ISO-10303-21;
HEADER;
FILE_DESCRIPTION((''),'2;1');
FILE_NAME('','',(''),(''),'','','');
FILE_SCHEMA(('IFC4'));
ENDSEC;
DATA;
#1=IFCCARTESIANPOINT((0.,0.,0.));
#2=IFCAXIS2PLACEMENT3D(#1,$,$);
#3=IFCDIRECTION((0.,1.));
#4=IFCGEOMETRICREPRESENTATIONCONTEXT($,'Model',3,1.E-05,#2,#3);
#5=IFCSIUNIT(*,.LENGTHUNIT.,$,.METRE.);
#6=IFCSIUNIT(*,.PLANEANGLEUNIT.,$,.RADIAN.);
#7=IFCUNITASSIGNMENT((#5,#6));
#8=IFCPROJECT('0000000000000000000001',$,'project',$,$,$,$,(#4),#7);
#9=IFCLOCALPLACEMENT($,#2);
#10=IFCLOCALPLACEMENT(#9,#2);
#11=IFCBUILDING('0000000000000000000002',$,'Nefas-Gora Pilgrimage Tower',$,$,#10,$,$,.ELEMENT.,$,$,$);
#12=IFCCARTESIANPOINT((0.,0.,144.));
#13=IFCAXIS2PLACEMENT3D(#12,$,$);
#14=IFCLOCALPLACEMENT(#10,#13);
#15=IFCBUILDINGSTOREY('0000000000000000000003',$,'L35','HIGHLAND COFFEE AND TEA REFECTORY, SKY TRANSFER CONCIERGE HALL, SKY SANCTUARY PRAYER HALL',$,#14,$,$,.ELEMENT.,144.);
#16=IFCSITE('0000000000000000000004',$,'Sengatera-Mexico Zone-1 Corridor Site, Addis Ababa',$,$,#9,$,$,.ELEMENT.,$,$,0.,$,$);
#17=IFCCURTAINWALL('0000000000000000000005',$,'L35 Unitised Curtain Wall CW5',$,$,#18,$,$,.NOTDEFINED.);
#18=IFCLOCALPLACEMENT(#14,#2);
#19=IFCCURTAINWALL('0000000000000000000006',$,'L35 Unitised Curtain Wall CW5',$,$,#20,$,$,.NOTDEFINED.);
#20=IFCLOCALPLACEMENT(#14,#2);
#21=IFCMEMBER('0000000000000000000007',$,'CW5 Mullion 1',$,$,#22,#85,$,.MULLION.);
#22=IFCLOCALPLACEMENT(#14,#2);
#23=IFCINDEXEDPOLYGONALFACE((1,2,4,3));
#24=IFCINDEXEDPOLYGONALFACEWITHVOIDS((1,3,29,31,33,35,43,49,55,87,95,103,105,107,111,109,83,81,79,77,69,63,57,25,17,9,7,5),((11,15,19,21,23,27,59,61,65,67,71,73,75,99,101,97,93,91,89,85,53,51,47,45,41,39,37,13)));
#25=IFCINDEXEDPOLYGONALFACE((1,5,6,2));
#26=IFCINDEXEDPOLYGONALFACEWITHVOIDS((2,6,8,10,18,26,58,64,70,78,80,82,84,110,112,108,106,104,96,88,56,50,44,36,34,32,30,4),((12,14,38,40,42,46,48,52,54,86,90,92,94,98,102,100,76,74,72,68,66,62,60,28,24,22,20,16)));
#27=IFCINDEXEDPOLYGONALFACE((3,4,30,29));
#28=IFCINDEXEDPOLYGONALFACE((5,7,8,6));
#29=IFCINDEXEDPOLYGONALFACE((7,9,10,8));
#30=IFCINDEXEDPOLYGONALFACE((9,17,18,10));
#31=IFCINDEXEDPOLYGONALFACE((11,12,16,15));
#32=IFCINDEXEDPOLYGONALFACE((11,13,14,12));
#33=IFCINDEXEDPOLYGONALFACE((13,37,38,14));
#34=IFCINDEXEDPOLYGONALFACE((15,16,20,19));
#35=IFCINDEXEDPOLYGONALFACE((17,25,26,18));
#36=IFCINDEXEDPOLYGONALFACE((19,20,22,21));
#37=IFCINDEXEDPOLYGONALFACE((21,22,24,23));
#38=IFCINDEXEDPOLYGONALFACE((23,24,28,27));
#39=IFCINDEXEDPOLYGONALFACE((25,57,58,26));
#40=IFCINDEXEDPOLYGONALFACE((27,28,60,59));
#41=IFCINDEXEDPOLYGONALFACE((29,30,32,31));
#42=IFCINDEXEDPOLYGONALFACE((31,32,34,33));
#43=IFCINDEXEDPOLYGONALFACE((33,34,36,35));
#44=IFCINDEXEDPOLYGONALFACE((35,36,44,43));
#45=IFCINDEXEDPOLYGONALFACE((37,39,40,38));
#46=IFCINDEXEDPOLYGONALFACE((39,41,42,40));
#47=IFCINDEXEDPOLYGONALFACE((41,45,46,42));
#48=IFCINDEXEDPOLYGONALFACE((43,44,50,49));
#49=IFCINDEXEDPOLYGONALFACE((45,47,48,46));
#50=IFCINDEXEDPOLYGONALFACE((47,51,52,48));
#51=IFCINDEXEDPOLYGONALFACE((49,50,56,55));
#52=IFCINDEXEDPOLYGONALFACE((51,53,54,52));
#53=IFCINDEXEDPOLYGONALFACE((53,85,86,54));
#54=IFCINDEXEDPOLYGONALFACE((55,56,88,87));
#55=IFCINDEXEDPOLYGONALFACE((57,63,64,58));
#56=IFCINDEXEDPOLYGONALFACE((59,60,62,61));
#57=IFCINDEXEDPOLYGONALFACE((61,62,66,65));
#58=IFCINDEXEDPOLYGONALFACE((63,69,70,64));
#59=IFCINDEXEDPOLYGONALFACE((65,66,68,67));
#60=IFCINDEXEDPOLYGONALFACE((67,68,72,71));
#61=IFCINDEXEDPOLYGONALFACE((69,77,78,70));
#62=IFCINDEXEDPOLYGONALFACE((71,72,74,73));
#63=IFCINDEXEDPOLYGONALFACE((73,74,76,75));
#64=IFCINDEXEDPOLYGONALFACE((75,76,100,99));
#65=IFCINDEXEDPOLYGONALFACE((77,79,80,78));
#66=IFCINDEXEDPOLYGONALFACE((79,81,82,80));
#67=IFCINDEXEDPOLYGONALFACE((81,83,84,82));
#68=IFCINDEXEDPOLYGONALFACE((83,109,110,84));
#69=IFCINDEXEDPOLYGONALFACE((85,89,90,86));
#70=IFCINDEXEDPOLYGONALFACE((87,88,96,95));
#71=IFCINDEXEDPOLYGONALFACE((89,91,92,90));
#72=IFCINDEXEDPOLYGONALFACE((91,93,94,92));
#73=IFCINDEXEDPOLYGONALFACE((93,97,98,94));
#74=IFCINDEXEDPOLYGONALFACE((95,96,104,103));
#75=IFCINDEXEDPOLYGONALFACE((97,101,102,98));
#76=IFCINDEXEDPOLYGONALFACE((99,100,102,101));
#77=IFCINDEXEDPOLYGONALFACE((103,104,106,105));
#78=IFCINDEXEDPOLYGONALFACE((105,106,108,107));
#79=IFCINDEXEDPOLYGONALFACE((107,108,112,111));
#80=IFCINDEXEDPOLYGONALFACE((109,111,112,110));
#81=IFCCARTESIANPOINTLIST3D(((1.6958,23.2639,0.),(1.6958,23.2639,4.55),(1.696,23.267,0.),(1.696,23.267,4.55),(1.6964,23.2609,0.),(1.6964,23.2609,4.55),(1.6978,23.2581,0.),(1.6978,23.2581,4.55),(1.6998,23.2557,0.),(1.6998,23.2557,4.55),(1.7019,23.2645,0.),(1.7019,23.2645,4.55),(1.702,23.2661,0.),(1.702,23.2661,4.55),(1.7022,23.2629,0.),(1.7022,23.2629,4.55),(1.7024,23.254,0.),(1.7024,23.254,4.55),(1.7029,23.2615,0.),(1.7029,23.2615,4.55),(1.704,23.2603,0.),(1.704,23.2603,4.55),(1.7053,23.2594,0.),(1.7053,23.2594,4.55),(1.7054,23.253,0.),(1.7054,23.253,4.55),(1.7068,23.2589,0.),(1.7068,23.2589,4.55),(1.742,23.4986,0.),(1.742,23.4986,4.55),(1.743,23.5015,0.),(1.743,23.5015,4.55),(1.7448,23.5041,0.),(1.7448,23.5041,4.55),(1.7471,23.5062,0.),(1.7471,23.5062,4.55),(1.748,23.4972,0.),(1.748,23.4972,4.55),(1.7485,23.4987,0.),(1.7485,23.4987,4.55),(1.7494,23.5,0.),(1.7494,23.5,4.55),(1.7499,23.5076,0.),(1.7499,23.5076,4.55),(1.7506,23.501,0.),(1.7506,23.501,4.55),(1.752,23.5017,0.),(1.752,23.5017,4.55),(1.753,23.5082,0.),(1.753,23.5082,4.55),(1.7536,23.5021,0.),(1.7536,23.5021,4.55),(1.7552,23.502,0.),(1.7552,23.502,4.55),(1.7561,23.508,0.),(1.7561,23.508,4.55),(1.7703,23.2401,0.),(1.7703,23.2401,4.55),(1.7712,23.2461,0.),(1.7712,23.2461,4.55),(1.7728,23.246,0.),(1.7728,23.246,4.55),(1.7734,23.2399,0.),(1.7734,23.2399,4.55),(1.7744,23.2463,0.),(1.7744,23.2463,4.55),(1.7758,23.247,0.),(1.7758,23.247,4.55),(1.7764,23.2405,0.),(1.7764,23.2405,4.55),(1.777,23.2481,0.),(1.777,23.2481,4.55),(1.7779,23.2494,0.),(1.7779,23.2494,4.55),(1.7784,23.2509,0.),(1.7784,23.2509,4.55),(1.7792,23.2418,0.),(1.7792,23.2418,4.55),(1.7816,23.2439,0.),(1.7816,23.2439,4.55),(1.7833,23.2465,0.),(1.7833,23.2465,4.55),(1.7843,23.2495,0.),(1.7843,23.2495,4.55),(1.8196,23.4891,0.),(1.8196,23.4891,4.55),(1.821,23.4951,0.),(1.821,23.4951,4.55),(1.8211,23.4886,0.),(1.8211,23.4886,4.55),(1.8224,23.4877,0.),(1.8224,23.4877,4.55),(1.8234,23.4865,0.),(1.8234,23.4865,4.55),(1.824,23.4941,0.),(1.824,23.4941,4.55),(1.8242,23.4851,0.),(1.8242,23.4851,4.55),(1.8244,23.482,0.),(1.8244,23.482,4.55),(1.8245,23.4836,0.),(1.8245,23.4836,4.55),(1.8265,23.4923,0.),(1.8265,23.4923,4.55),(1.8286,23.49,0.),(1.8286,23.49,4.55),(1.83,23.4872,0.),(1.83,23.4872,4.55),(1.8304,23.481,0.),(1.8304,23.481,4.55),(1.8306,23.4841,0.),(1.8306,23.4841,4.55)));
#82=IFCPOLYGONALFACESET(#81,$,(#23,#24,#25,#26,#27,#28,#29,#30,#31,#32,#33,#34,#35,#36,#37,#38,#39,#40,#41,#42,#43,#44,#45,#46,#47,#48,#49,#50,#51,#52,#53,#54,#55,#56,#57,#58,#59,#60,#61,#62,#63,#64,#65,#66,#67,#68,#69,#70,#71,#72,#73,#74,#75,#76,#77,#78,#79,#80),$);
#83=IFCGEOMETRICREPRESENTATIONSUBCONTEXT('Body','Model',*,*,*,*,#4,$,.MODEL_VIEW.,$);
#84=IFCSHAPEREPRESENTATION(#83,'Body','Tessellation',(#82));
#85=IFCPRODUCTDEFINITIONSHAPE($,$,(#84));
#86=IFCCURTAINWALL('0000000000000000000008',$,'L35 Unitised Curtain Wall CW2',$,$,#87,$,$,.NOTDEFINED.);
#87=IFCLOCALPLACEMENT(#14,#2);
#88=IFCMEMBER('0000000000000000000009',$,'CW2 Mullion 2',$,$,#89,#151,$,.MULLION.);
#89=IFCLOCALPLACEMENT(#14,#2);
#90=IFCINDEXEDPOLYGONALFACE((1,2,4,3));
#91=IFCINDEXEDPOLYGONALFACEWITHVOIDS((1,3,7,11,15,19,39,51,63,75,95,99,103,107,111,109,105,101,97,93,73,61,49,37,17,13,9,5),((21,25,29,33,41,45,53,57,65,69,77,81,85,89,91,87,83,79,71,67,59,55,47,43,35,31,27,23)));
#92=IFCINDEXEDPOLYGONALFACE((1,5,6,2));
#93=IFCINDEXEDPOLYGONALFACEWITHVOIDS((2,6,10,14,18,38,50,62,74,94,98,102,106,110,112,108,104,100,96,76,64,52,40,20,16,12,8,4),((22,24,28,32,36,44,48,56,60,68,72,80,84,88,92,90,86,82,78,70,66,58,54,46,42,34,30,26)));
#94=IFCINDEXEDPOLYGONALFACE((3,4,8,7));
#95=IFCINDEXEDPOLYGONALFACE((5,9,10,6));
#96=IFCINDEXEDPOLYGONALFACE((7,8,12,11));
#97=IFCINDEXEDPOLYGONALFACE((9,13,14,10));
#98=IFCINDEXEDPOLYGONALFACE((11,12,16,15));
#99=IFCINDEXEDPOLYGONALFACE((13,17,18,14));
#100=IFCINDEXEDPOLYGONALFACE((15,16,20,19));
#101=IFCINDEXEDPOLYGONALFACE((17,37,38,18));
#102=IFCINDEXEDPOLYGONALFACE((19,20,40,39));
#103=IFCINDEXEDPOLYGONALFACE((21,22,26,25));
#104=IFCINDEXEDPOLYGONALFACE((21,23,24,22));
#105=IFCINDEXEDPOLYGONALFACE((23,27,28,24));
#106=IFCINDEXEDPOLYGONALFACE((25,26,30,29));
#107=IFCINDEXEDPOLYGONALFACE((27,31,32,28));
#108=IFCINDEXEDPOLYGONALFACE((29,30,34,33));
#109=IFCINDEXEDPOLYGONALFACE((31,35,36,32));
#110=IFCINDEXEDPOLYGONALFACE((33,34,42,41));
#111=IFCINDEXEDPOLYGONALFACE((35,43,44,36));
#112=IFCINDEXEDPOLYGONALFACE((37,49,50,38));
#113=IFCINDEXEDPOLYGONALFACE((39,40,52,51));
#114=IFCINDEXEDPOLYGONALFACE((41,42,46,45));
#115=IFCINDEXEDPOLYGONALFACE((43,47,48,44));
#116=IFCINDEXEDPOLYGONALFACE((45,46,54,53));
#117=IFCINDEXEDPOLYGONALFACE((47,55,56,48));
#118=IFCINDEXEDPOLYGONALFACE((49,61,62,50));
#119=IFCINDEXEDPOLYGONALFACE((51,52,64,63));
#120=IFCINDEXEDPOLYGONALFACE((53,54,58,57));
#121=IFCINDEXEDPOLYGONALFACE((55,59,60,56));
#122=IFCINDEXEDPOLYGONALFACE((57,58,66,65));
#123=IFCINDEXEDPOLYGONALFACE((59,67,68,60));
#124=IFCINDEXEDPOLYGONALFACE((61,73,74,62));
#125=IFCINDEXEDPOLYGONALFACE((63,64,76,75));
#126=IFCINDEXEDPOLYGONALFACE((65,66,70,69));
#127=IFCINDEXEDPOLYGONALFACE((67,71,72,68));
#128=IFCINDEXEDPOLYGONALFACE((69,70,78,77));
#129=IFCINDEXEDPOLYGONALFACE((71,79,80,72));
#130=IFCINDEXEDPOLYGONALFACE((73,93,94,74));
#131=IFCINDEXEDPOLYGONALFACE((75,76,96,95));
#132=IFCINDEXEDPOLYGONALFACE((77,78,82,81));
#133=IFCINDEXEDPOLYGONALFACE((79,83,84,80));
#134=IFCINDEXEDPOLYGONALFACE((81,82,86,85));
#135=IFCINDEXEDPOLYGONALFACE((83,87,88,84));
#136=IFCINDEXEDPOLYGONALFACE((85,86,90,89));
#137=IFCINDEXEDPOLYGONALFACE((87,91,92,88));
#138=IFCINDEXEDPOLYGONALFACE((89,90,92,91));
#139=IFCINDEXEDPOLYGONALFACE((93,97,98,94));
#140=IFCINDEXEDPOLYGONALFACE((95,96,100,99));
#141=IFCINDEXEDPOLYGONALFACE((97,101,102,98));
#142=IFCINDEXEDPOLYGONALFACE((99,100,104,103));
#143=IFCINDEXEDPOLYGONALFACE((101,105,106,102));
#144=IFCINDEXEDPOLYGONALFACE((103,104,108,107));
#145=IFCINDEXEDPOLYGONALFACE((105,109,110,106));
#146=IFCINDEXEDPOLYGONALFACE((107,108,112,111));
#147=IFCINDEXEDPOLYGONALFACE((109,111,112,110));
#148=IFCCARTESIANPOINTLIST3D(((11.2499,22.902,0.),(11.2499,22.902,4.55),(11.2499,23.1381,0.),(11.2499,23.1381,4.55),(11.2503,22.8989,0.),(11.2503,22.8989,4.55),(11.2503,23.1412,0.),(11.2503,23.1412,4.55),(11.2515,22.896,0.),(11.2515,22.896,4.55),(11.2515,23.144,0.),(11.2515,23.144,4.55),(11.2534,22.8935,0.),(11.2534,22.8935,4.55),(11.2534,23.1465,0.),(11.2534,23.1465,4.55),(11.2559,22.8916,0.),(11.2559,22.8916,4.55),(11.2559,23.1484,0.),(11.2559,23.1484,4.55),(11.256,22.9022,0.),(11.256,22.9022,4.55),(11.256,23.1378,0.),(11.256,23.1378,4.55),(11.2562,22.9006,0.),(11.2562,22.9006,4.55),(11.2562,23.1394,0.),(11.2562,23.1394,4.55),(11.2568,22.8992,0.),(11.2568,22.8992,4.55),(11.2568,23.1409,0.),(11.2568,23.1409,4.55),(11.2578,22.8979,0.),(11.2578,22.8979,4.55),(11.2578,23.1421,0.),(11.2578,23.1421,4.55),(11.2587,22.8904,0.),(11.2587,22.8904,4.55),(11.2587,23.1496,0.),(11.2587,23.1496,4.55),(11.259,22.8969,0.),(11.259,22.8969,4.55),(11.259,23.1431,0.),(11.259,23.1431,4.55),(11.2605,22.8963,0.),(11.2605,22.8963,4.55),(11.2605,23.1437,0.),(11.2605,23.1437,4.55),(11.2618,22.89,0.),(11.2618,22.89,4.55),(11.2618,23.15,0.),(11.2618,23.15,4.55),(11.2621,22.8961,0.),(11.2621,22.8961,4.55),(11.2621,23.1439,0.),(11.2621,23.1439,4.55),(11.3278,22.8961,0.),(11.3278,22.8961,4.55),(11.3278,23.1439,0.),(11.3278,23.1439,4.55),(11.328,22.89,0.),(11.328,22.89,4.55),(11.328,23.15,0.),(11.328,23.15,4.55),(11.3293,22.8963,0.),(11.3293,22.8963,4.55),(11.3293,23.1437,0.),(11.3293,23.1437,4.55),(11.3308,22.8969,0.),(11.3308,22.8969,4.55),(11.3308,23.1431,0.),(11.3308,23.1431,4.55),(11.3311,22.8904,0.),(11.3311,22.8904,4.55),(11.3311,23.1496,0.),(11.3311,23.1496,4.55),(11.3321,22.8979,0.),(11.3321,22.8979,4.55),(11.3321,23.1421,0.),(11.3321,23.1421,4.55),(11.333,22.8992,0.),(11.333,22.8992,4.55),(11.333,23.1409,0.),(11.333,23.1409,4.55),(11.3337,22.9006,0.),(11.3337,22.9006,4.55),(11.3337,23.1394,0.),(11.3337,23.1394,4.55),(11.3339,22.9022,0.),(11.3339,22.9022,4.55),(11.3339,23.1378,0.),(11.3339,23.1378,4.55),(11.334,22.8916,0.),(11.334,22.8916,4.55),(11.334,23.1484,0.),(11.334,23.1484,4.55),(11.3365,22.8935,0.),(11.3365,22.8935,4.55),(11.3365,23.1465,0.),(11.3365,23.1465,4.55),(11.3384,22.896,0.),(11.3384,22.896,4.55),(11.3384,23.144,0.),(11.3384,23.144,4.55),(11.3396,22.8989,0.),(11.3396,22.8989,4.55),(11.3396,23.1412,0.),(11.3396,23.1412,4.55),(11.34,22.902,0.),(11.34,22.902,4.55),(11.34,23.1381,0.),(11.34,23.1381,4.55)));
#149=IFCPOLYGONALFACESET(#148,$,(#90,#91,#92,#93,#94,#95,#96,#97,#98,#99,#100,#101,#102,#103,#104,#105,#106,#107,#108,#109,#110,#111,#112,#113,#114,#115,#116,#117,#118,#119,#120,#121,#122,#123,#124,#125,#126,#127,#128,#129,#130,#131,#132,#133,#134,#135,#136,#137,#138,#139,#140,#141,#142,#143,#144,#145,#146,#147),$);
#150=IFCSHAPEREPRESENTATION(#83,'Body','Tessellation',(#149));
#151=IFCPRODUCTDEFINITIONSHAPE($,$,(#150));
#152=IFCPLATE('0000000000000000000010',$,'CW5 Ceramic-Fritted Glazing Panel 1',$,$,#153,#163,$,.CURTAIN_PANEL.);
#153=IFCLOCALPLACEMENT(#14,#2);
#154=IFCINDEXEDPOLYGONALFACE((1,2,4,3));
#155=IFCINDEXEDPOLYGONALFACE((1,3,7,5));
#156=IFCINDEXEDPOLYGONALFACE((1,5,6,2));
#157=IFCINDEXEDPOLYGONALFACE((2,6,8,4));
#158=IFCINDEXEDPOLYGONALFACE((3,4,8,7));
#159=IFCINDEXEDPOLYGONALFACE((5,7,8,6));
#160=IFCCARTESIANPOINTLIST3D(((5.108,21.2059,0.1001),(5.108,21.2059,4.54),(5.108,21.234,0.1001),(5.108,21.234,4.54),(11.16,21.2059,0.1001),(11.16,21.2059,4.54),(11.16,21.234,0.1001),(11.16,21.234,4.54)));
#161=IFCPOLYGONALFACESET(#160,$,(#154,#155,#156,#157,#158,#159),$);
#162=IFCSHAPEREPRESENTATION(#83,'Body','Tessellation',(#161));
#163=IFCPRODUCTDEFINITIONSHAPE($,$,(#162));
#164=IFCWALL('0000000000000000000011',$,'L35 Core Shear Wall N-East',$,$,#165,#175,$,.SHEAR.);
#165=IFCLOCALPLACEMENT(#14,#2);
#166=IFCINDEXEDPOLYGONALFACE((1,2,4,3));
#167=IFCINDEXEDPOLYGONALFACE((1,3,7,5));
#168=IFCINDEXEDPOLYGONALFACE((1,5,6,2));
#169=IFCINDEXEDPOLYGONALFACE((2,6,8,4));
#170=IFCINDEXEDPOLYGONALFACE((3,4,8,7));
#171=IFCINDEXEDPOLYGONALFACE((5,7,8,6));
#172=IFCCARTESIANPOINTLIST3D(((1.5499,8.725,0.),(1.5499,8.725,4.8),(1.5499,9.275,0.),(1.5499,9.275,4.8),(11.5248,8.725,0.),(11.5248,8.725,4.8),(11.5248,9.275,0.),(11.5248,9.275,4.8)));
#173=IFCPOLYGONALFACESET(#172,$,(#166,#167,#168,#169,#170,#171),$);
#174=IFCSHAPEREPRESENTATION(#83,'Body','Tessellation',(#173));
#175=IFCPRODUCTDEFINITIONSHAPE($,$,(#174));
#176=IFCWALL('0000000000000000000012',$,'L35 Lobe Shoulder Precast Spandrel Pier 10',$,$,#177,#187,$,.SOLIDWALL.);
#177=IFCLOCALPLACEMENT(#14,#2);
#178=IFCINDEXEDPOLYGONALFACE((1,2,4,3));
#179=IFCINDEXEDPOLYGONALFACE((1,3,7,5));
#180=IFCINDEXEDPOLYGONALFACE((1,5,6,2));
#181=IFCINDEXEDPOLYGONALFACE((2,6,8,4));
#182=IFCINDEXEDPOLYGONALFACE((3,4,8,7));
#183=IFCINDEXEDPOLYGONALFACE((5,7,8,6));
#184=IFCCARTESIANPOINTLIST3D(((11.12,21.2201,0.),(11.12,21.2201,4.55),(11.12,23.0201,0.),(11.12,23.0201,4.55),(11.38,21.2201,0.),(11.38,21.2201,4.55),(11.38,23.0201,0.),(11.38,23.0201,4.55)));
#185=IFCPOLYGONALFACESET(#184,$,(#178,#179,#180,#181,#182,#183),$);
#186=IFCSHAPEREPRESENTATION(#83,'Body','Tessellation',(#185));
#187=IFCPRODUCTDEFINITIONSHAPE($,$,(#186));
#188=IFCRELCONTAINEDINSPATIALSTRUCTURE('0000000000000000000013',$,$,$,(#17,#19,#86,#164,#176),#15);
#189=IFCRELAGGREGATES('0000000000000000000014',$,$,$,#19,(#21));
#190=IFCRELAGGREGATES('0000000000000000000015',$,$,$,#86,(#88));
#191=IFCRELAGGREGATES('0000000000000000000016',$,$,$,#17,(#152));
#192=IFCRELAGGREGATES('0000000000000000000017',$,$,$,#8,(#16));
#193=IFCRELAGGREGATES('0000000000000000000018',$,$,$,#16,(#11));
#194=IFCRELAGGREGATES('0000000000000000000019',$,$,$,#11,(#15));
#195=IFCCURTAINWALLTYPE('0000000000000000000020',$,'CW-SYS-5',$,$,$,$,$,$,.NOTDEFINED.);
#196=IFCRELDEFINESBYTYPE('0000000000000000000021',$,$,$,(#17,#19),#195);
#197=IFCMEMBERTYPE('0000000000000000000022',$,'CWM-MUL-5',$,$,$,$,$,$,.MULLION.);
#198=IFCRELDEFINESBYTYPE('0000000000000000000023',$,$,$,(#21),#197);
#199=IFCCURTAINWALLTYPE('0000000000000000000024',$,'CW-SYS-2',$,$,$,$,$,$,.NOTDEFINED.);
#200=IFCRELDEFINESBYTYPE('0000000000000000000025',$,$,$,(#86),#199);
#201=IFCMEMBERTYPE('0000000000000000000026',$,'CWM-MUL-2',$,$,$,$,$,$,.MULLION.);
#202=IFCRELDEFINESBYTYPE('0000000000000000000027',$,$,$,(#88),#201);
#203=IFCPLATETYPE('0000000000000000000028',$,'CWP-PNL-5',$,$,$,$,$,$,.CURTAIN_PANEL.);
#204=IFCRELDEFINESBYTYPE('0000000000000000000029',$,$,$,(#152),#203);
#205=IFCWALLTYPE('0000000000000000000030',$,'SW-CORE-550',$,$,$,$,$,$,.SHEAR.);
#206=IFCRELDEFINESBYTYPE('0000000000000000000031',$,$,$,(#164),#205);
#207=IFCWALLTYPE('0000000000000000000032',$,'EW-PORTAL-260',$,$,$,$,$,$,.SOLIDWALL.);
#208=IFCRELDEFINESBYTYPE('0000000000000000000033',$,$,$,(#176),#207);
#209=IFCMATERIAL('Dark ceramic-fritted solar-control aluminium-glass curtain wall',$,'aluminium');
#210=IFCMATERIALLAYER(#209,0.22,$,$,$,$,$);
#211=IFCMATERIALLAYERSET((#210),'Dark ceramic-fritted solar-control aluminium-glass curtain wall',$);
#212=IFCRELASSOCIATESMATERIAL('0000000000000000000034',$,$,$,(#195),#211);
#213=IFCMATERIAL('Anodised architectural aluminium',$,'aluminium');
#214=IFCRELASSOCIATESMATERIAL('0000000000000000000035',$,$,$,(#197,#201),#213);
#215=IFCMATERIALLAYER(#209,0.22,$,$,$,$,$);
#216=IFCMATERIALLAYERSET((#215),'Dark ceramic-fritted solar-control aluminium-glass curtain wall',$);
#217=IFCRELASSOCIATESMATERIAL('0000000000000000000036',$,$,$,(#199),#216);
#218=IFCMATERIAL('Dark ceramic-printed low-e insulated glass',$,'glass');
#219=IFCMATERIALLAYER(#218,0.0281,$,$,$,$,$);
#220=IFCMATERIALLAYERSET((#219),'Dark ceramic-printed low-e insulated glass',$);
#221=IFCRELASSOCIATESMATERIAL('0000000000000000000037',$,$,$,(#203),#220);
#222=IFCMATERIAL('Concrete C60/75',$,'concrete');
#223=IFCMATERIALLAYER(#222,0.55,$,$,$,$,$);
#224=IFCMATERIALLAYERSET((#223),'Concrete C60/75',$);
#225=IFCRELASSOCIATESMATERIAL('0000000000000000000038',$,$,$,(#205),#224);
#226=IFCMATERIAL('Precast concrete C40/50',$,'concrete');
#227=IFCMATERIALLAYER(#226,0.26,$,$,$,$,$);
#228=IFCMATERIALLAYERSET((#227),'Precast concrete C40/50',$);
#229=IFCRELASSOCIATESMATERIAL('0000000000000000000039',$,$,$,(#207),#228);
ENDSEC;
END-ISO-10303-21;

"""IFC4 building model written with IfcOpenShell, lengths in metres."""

from ifc_helpers import new_model, si_unit, direction, frame, frame_2d, origin, origin_2d, place, context, subcontext, project, spatial, rectangle, hollow_rectangle, extrude, source, transform, mapped, material, layer, layer_set, material_profile, profile_set, type_object, element, aggregate, save


model = new_model("IFC4")

# Units and contexts
model_context = context("Model", 3, precision=1e-05, world=origin(), true_north=direction((0.0, 1.0)))
body_context = subcontext(model_context, "Body", "Model", "MODEL_VIEW")
ifc_project = project(units=[si_unit("LENGTHUNIT", "METRE"), si_unit("PLANEANGLEUNIT", "RADIAN")], contexts=[model_context])

# Site, building, storey
site_placement = place(None, origin())
site = spatial("IfcSite", under=ifc_project, at=site_placement, Name="Sengatera-Mexico Zone-1 Corridor Site, Addis Ababa", CompositionType="ELEMENT", RefElevation=0.0)
building_placement = place(site_placement, origin())
building = spatial("IfcBuilding", under=site, at=building_placement, Name="Nefas-Gora Pilgrimage Tower", CompositionType="ELEMENT")
storey_placement = place(building_placement, frame((0.0, 0.0, 144.0)))
storey = spatial("IfcBuildingStorey", under=building, at=storey_placement, Name="L35", Description="HIGHLAND COFFEE AND TEA REFECTORY, SKY TRANSFER CONCIERGE HALL, SKY SANCTUARY PRAYER HALL", CompositionType="ELEMENT", Elevation=144.0)

# Curtain walls
ifc_material_1 = material(Name="Dark ceramic-fritted solar-control aluminium-glass curtain wall", Category="aluminium")
ifc_layer_1 = layer(ifc_material_1, 0.22)
ifc_layer_set_1 = layer_set([ifc_layer_1], Name="Dark ceramic-fritted solar-control aluminium-glass curtain wall")
curtain_wall_type_1 = type_object("IfcCurtainWallType", Name="CW-SYS-5", PredefinedType="NOTDEFINED", material=ifc_layer_set_1)
curtain_wall_1_placement = place(storey_placement, origin())
curtain_wall_1 = element("IfcCurtainWall", 1, at=curtain_wall_1_placement, inside=storey, type_object=curtain_wall_type_1, Name="L35 Unitised Curtain Wall CW5", PredefinedType="NOTDEFINED")
ifc_material_2 = material(Name="Anodised architectural aluminium", Category="aluminium")
curtain_wall_2_placement = place(storey_placement, origin())
curtain_wall_2 = element("IfcCurtainWall", 2, at=curtain_wall_2_placement, inside=storey, type_object=curtain_wall_type_1, Name="L35 Unitised Curtain Wall CW5", PredefinedType="NOTDEFINED")

# Member
ifc_material_profile_1 = material_profile(ifc_material_2, hollow_rectangle(XDim=0.0901, YDim=0.26, WallThickness=0.0061, InnerFilletRadius=0.0061, OuterFilletRadius=0.012, at=origin_2d()), Name="ALU MULLION 90x260")
ifc_profile_set_1 = profile_set([ifc_material_profile_1], Name="Anodised architectural aluminium")
member_type_1 = type_object("IfcMemberType", Name="CWM-MUL-5", PredefinedType="MULLION", material=ifc_profile_set_1)
shared_shape_1 = source(origin(), body_context, "Body", "SweptSolid", [
    extrude(hollow_rectangle(XDim=0.0901, YDim=0.26, WallThickness=0.0061, InnerFilletRadius=0.0061, OuterFilletRadius=0.012, at=origin_2d()), origin(), (0.0, 0.0, 1.0), 4.55),
])
member_1_placement = place(storey_placement, frame((1.7632, 23.374, 0.0), z_axis=(0.0, 0.0, 1.0), x_axis=(-0.980783, 0.195102, 0.0)))
member_1 = element("IfcMember", 3, at=member_1_placement, type_object=member_type_1, Name="CW5 Mullion 1", PredefinedType="MULLION", context=body_context, shape_type="MappedRepresentation", body=[
    mapped(shared_shape_1, transform((0.0, 0.0, 0.0), x_axis=(1.0, 0.0, 0.0), y_axis=(0.0, 1.0, 0.0), z_axis=(0.0, 0.0, 1.0), scale=1.0)),
])
aggregate(curtain_wall_2, [member_1])

# Curtain wall, member
ifc_layer_2 = layer(ifc_material_1, 0.22)
ifc_layer_set_2 = layer_set([ifc_layer_2], Name="Dark ceramic-fritted solar-control aluminium-glass curtain wall")
curtain_wall_type_2 = type_object("IfcCurtainWallType", Name="CW-SYS-2", PredefinedType="NOTDEFINED", material=ifc_layer_set_2)
curtain_wall_3_placement = place(storey_placement, origin())
curtain_wall_3 = element("IfcCurtainWall", 4, at=curtain_wall_3_placement, inside=storey, type_object=curtain_wall_type_2, Name="L35 Unitised Curtain Wall CW2", PredefinedType="NOTDEFINED")
ifc_material_profile_2 = material_profile(ifc_material_2, hollow_rectangle(XDim=0.0901, YDim=0.26, WallThickness=0.0061, InnerFilletRadius=0.0061, OuterFilletRadius=0.012, at=origin_2d()), Name="ALU MULLION 90x260")
ifc_profile_set_2 = profile_set([ifc_material_profile_2], Name="Anodised architectural aluminium")
member_type_2 = type_object("IfcMemberType", Name="CWM-MUL-2", PredefinedType="MULLION", material=ifc_profile_set_2)
shared_shape_2 = source(origin(), body_context, "Body", "SweptSolid", [
    extrude(hollow_rectangle(XDim=0.0901, YDim=0.26, WallThickness=0.0061, InnerFilletRadius=0.0061, OuterFilletRadius=0.012, at=origin_2d()), origin(), (0.0, 0.0, 1.0), 4.55),
])
member_2_placement = place(storey_placement, frame((11.2949, 23.02, 0.0), z_axis=(0.0, 0.0, 1.0), x_axis=(-1.0, 0.0, 0.0)))
member_2 = element("IfcMember", 5, at=member_2_placement, type_object=member_type_2, Name="CW2 Mullion 2", PredefinedType="MULLION", context=body_context, shape_type="MappedRepresentation", body=[
    mapped(shared_shape_2, transform((0.0, 0.0, 0.0), x_axis=(1.0, 0.0, 0.0), y_axis=(0.0, 1.0, 0.0), z_axis=(0.0, 0.0, 1.0), scale=1.0)),
])
aggregate(curtain_wall_3, [member_2])

# Plate
ifc_material_3 = material(Name="Dark ceramic-printed low-e insulated glass", Category="glass")
ifc_layer_3 = layer(ifc_material_3, 0.0281)
ifc_layer_set_3 = layer_set([ifc_layer_3], Name="Dark ceramic-printed low-e insulated glass")
plate_type = type_object("IfcPlateType", Name="CWP-PNL-5", PredefinedType="CURTAIN_PANEL", material=ifc_layer_set_3)
shared_shape_3 = source(origin(), body_context, "Body", "SweptSolid", [
    extrude(rectangle(XDim=6.052, YDim=0.0281, at=origin_2d()), origin(), (0.0, 0.0, 1.0), 4.4399),
])
plate_placement = place(storey_placement, frame((8.134, 21.22, 0.1001), z_axis=(0.0, 0.0, 1.0), x_axis=(-1.0, 0.0, 0.0)))
plate = element("IfcPlate", 6, at=plate_placement, type_object=plate_type, Name="CW5 Ceramic-Fritted Glazing Panel 1", PredefinedType="CURTAIN_PANEL", context=body_context, shape_type="MappedRepresentation", body=[
    mapped(shared_shape_3, transform((0.0, 0.0, 0.0), x_axis=(1.0, 0.0, 0.0), y_axis=(0.0, 1.0, 0.0), z_axis=(0.0, 0.0, 1.0), scale=1.0)),
])
aggregate(curtain_wall_1, [plate])

# Walls
ifc_material_4 = material(Name="Concrete C60/75", Category="concrete")
ifc_layer_4 = layer(ifc_material_4, 0.55)
ifc_layer_set_4 = layer_set([ifc_layer_4], Name="Concrete C60/75")
wall_type_1 = type_object("IfcWallType", Name="SW-CORE-550", PredefinedType="SHEAR", material=ifc_layer_set_4)
shared_shape_4 = source(origin(), body_context, "Body", "SweptSolid", [
    extrude(rectangle(XDim=9.9749, YDim=0.55, at=frame_2d((4.9873, 0.0))), origin(), (0.0, 0.0, 1.0), 4.8),
])
wall_1_placement = place(storey_placement, frame((1.55, 9.0, 0.0), z_axis=(0.0, 0.0, 1.0), x_axis=(1.0, 0.0, 0.0)))
element("IfcWall", 7, at=wall_1_placement, inside=storey, type_object=wall_type_1, Name="L35 Core Shear Wall N-East", PredefinedType="SHEAR", context=body_context, shape_type="MappedRepresentation", body=[
    mapped(shared_shape_4, transform((0.0, 0.0, 0.0), x_axis=(1.0, 0.0, 0.0), y_axis=(0.0, 1.0, 0.0), z_axis=(0.0, 0.0, 1.0), scale=1.0)),
])
ifc_material_5 = material(Name="Precast concrete C40/50", Category="concrete")
ifc_layer_5 = layer(ifc_material_5, 0.26)
ifc_layer_set_5 = layer_set([ifc_layer_5], Name="Precast concrete C40/50")
wall_type_2 = type_object("IfcWallType", Name="EW-PORTAL-260", PredefinedType="SOLIDWALL", material=ifc_layer_set_5)
shared_shape_5 = source(origin(), body_context, "Body", "SweptSolid", [
    extrude(rectangle(XDim=1.8, YDim=0.26, at=frame_2d((0.8999, 0.0))), origin(), (0.0, 0.0, 1.0), 4.55),
])
wall_2_placement = place(storey_placement, frame((11.25, 23.02, 0.0), z_axis=(0.0, 0.0, 1.0), x_axis=(0.0, -1.0, 0.0)))
element("IfcWall", 8, at=wall_2_placement, inside=storey, type_object=wall_type_2, Name="L35 Lobe Shoulder Precast Spandrel Pier 10", PredefinedType="SOLIDWALL", context=body_context, shape_type="MappedRepresentation", body=[
    mapped(shared_shape_5, transform((0.0, 0.0, 0.0), x_axis=(1.0, 0.0, 0.0), y_axis=(0.0, 1.0, 0.0), z_axis=(0.0, 0.0, 1.0), scale=1.0)),
])

save(model, "model.ifc")
